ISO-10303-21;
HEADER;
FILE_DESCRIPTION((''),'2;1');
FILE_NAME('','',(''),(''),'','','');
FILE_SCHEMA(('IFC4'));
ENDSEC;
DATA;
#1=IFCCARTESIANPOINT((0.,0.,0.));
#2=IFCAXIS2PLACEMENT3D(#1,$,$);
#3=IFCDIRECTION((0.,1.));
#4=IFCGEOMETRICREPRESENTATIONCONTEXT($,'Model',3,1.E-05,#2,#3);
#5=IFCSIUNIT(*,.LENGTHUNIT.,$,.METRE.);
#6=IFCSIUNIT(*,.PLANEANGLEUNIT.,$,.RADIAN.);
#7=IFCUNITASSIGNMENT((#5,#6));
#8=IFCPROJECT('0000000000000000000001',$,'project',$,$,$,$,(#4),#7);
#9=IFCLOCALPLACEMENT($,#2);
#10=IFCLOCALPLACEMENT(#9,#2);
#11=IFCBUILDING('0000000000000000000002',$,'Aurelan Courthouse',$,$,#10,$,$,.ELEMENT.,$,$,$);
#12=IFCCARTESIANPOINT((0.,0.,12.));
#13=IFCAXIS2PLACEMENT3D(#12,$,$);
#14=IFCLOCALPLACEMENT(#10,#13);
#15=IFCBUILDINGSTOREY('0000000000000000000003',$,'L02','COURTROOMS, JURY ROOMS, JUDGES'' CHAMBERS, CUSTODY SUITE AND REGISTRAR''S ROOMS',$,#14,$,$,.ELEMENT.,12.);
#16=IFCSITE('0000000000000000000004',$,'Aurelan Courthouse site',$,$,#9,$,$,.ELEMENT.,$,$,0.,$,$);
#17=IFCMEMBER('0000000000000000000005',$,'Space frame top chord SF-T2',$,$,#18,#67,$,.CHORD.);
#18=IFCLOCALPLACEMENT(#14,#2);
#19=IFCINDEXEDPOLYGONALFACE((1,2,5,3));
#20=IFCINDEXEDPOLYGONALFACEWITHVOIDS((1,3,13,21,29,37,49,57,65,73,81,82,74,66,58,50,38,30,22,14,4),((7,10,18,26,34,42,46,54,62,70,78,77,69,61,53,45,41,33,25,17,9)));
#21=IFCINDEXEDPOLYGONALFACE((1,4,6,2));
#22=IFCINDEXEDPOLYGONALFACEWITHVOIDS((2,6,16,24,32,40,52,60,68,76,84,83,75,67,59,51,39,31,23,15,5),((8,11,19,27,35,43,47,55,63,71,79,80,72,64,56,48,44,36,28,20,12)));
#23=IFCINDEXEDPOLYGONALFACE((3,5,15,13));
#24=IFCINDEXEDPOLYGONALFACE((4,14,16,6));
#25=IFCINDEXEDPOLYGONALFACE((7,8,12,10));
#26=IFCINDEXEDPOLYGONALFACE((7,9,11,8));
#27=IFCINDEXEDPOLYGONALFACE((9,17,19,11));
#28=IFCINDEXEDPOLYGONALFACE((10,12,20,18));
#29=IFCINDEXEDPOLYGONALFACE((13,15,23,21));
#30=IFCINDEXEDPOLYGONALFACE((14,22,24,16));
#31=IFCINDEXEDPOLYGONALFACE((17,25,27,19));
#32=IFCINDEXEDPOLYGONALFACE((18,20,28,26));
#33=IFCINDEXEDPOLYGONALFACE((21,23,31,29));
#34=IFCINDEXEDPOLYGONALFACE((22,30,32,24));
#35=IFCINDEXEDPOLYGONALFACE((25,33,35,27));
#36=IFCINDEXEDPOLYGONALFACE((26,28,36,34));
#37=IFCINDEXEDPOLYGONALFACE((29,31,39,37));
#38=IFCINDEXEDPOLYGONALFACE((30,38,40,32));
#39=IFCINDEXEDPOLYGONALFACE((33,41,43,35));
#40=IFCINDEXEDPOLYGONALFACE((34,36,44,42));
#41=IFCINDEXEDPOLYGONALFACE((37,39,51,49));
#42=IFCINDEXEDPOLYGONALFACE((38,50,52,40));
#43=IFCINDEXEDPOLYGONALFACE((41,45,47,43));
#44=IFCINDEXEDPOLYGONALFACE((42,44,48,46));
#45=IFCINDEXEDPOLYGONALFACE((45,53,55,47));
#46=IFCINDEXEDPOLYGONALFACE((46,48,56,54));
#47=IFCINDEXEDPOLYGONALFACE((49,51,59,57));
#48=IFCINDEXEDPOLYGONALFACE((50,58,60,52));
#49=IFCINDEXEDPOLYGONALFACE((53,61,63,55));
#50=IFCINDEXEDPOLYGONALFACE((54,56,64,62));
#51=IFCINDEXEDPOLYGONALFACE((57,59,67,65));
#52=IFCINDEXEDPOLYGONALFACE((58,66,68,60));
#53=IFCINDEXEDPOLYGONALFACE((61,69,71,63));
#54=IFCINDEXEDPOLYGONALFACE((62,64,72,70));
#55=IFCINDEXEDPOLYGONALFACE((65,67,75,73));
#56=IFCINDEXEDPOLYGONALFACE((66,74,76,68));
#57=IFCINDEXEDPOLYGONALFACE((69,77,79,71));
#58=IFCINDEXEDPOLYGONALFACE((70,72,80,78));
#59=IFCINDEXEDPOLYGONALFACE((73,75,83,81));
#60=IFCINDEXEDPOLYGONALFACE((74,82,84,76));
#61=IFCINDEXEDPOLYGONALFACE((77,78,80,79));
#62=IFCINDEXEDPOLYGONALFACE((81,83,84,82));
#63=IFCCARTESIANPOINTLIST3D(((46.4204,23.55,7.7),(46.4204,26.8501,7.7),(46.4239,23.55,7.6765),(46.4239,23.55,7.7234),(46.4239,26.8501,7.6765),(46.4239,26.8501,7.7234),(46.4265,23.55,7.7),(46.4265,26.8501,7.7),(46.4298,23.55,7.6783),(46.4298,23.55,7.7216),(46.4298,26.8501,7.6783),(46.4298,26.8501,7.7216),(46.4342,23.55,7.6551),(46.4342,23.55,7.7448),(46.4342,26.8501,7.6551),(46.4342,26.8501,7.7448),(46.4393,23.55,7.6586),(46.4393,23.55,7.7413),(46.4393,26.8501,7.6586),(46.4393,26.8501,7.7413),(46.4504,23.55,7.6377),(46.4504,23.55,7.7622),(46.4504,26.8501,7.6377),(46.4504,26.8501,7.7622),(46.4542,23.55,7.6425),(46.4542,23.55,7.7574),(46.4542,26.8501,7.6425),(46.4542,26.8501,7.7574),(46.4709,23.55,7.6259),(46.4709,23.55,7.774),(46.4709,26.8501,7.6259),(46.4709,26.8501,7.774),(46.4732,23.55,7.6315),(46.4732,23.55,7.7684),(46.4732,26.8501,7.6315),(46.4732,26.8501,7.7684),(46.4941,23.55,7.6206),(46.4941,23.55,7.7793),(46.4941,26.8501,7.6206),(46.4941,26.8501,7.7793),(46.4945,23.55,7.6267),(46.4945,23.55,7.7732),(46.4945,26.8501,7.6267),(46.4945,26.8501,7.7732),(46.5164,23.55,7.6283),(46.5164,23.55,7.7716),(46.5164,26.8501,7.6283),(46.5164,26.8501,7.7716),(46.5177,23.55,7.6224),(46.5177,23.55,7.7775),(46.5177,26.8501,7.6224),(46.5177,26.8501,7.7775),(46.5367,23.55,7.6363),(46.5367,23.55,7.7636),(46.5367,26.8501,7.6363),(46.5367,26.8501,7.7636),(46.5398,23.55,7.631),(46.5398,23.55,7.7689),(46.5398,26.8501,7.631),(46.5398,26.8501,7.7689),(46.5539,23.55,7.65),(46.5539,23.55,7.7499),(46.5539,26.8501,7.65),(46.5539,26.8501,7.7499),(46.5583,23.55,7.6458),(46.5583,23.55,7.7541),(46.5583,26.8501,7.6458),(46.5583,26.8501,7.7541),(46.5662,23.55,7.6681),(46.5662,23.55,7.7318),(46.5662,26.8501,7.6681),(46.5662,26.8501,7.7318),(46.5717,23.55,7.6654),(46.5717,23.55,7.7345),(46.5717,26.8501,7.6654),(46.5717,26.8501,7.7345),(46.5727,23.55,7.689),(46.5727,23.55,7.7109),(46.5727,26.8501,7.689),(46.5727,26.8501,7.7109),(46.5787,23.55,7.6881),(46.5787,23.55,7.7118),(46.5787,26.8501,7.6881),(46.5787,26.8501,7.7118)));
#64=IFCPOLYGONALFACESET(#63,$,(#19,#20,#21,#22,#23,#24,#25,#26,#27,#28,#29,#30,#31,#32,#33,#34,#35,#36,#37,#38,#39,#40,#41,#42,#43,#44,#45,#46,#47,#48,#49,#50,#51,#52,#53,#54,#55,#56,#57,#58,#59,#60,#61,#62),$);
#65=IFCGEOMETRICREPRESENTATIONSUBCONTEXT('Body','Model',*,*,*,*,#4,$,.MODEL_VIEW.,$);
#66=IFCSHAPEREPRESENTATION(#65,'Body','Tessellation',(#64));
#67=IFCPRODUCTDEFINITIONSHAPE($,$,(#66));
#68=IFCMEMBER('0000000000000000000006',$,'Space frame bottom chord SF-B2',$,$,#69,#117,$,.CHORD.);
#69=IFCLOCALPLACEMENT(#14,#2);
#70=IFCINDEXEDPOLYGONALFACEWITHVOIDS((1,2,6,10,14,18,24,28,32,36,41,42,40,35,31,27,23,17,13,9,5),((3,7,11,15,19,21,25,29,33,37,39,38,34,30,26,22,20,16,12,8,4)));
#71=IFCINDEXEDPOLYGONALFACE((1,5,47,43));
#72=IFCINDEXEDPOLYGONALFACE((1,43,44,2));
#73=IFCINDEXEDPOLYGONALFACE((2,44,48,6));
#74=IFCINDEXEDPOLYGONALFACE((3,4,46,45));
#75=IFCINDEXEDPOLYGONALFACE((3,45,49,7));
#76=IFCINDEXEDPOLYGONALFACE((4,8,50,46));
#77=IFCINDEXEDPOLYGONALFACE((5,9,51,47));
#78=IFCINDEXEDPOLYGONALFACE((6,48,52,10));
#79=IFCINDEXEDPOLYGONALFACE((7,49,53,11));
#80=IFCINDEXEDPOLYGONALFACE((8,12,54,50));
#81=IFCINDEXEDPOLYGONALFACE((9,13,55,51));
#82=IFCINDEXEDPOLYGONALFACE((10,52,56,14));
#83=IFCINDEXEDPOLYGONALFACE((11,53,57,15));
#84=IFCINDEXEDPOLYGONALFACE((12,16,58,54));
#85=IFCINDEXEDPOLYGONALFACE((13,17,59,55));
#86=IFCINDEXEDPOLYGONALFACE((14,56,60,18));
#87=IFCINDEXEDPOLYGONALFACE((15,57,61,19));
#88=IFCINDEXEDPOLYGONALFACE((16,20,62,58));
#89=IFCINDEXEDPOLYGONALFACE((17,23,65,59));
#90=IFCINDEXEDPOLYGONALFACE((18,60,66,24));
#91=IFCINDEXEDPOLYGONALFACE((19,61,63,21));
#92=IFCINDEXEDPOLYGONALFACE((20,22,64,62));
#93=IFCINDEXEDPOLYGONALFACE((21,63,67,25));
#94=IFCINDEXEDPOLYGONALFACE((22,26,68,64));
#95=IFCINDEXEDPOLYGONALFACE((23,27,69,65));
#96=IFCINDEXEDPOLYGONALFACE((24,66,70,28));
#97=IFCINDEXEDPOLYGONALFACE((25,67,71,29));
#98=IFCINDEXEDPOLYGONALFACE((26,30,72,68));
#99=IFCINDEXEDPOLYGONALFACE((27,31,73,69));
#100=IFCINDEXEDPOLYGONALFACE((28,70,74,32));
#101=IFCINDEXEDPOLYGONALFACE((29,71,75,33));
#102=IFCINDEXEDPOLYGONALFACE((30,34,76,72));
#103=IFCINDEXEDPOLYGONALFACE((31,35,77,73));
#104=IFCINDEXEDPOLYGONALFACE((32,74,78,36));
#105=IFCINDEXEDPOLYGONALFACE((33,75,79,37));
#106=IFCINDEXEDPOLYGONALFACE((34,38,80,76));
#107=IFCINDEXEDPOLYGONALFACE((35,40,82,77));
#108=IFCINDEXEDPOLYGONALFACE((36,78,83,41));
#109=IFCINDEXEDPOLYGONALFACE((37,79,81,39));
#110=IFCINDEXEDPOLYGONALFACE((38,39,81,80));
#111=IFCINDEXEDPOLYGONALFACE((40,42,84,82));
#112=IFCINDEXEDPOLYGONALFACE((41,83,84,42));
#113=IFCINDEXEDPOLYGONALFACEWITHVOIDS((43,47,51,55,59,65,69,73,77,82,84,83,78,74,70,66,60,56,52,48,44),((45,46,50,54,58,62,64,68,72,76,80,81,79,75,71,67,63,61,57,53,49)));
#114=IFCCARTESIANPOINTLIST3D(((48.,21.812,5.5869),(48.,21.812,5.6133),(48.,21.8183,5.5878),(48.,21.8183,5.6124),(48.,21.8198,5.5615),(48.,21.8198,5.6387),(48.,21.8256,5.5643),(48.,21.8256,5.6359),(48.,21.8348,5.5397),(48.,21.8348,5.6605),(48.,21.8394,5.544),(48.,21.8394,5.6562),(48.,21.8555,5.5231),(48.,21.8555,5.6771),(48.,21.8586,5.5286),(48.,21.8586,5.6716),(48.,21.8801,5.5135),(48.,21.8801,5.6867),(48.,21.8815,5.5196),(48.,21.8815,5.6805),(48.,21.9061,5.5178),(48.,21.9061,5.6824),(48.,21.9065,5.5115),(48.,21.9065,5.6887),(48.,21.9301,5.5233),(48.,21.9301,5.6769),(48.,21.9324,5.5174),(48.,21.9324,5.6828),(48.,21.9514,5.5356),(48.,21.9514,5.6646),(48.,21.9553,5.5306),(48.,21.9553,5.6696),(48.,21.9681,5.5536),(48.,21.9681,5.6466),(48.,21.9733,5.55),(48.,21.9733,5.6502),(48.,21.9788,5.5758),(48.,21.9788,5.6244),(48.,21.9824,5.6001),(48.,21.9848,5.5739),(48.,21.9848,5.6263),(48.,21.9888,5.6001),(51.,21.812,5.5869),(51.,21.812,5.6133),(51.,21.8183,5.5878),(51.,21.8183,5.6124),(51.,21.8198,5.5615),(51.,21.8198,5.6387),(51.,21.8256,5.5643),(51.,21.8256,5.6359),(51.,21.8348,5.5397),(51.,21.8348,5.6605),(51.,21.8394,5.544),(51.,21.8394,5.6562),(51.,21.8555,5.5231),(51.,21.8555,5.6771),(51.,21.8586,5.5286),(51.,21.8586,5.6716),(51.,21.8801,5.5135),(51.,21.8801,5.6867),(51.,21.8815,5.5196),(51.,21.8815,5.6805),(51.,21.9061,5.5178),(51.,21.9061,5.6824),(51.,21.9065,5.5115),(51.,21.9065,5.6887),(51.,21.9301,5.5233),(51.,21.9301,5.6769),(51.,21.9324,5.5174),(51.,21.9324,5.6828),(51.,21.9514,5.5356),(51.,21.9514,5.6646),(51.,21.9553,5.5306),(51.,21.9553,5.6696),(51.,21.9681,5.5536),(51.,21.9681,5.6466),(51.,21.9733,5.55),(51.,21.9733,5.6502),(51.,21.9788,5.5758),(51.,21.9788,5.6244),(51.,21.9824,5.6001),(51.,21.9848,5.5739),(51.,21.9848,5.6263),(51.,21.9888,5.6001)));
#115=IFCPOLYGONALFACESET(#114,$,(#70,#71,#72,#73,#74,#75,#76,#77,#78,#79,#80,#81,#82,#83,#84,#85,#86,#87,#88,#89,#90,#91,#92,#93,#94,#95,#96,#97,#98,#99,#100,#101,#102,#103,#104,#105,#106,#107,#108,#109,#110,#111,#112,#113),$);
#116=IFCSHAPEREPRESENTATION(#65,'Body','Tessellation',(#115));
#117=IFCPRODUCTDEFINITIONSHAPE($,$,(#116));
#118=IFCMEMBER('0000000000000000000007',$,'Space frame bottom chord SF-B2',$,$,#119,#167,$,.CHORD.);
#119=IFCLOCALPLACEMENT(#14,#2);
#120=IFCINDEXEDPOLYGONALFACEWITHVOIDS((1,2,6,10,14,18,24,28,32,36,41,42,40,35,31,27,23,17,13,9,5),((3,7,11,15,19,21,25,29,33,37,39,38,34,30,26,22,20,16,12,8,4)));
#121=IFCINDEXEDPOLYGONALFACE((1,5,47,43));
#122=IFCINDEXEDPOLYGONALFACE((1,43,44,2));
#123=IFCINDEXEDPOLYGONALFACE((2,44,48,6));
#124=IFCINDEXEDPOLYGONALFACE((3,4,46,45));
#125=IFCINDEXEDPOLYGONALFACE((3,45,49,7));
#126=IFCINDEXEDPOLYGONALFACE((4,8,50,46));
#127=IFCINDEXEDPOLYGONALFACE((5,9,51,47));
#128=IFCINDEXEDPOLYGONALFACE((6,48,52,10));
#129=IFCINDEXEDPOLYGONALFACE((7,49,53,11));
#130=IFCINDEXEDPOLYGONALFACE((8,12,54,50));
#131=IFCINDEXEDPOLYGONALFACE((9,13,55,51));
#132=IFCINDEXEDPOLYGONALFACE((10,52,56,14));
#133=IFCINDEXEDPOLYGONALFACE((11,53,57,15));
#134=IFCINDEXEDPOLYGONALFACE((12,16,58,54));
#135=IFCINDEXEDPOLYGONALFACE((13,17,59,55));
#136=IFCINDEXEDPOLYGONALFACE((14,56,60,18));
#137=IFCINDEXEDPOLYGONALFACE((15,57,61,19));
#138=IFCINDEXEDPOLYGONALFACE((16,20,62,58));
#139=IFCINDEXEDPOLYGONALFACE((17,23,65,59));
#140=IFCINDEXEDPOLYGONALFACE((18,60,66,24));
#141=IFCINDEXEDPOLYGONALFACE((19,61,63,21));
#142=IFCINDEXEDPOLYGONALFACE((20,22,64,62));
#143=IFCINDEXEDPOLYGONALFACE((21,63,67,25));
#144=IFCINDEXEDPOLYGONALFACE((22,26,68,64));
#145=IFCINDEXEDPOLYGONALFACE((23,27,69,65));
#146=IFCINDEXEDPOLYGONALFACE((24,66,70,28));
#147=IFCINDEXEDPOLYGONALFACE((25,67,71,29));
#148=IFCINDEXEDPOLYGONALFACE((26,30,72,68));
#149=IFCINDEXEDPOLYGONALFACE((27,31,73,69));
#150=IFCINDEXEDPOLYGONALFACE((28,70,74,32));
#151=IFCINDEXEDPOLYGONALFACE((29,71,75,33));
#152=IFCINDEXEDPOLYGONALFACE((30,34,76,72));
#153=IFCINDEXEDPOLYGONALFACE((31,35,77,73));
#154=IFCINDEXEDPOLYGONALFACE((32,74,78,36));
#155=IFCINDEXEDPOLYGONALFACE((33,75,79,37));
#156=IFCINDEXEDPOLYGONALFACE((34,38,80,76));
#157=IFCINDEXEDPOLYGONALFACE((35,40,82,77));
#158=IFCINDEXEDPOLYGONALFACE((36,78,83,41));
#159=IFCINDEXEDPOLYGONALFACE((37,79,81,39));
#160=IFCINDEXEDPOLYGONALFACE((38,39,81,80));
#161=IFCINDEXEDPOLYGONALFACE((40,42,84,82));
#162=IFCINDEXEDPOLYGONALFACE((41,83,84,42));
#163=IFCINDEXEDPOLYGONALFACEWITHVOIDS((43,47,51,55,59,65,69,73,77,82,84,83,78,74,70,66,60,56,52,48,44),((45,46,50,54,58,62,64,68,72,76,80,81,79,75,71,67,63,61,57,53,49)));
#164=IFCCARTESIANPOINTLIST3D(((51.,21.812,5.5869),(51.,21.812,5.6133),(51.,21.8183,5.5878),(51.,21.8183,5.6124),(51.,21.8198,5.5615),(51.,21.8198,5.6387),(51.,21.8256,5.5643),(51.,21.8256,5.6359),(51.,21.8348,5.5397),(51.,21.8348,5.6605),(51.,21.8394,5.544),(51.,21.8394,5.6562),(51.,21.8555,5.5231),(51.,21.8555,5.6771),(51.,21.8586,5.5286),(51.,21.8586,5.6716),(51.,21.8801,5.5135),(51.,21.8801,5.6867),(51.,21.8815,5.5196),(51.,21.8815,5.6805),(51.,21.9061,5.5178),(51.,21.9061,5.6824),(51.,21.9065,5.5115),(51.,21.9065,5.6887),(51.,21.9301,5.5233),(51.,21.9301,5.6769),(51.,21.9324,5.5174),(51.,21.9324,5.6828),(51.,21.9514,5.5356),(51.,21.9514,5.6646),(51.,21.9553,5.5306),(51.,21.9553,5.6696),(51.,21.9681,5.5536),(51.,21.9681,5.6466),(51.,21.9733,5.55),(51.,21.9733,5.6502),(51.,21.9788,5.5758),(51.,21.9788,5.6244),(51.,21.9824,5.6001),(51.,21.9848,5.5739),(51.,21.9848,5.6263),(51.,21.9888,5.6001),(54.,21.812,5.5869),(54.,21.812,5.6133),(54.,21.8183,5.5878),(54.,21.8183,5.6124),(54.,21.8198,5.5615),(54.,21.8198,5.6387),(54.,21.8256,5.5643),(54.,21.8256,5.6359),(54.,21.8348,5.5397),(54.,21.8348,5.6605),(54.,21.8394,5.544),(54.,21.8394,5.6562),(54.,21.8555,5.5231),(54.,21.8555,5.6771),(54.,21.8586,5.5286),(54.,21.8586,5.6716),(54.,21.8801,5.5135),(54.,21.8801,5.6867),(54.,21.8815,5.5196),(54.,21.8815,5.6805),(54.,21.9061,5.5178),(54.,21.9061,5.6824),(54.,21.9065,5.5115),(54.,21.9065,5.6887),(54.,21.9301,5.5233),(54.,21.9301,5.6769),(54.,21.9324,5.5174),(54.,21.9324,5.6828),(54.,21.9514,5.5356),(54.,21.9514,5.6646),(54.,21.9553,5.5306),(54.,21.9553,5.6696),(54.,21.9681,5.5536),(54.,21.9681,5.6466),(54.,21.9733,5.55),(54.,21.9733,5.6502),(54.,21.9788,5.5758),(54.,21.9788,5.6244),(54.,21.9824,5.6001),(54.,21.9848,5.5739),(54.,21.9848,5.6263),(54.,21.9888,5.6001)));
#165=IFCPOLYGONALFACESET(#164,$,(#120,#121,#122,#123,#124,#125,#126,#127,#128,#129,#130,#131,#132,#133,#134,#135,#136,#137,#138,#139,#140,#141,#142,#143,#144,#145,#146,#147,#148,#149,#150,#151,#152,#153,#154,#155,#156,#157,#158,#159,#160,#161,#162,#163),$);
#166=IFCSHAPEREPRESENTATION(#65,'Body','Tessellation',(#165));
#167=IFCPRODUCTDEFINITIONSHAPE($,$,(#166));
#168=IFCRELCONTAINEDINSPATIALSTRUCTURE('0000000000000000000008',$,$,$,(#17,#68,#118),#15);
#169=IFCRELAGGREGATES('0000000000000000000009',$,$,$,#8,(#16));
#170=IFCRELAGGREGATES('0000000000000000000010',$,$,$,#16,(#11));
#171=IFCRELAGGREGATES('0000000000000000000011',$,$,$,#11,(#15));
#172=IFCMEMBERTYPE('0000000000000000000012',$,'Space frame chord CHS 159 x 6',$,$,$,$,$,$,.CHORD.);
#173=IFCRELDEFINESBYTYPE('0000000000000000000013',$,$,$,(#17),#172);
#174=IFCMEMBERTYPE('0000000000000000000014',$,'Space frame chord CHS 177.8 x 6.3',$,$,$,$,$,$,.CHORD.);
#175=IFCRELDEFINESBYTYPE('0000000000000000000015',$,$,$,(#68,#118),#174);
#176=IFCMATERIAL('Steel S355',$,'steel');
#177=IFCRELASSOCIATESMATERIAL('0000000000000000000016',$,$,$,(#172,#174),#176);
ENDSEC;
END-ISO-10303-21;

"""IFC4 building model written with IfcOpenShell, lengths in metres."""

from ifc_helpers import new_model, si_unit, direction, frame, origin, origin_2d, place, context, subcontext, project, spatial, hollow_circle, extrude, material, material_profile, profile_set, type_object, element, save


model = new_model("IFC4")

# Units and contexts
model_context = context("Model", 3, precision=1e-05, world=origin(), true_north=direction((0.0, 1.0)))
body_context = subcontext(model_context, "Body", "Model", "MODEL_VIEW")
ifc_project = project(units=[si_unit("LENGTHUNIT", "METRE"), si_unit("PLANEANGLEUNIT", "RADIAN")], contexts=[model_context])

# Site, building, storey
site_placement = place(None, origin())
site = spatial("IfcSite", under=ifc_project, at=site_placement, Name="Aurelan Courthouse site", CompositionType="ELEMENT", RefElevation=0.0)
building_placement = place(site_placement, origin())
building = spatial("IfcBuilding", under=site, at=building_placement, Name="Aurelan Courthouse", CompositionType="ELEMENT")
storey_placement = place(building_placement, frame((0.0, 0.0, 12.0)))
storey = spatial("IfcBuildingStorey", under=building, at=storey_placement, Name="L02", Description="COURTROOMS, JURY ROOMS, JUDGES' CHAMBERS, CUSTODY SUITE AND REGISTRAR'S ROOMS", CompositionType="ELEMENT", Elevation=12.0)

# Shared definitions
ifc_material_1 = material(Name="Steel S355", Category="steel")

# Members
ifc_material_profile_1 = material_profile(ifc_material_1, hollow_circle(Radius=0.0796, WallThickness=0.0061, at=origin_2d()), Name="CHS 159 x 6")
ifc_profile_set_1 = profile_set([ifc_material_profile_1], Name="Steel S355")
member_type_1 = type_object("IfcMemberType", Name="Space frame chord CHS 159 x 6", PredefinedType="CHORD", material=ifc_profile_set_1)
member_1_placement = place(storey_placement, frame((46.5, 23.55, 7.7), z_axis=(0.0, 1.0, 0.0), x_axis=(-1.0, 0.0, 0.0)))
element("IfcMember", 1, at=member_1_placement, inside=storey, type_object=member_type_1, Name="Space frame top chord SF-T2", PredefinedType="CHORD", context=body_context, shape_type="SweptSolid", body=[
    extrude(hollow_circle(Radius=0.0796, WallThickness=0.0061, at=origin_2d()), origin(), (0.0, 0.0, 1.0), 3.3),
])
ifc_material_profile_2 = material_profile(ifc_material_1, hollow_circle(Radius=0.0889, WallThickness=0.0063, at=origin_2d()), Name="CHS 177.8 x 6.3")
ifc_profile_set_2 = profile_set([ifc_material_profile_2], Name="Steel S355")
member_type_2 = type_object("IfcMemberType", Name="Space frame chord CHS 177.8 x 6.3", PredefinedType="CHORD", material=ifc_profile_set_2)
for number, where, z_axis, x_axis, name in (
    (2, (48.0, 21.8999, 5.6001), (1.0, 0.0, 0.0), (0.0, 1.0, 0.0), "Space frame bottom chord SF-B2"),
    (3, (51.0, 21.8999, 5.6001), (1.0, 0.0, 0.0), (0.0, 1.0, 0.0), "Space frame bottom chord SF-B2"),
):
    element("IfcMember", number, at=place(storey_placement, frame(where, z_axis=z_axis, x_axis=x_axis)), inside=storey, type_object=member_type_2, Name=name, PredefinedType="CHORD", context=body_context, shape_type="SweptSolid", body=[
        extrude(hollow_circle(Radius=0.0889, WallThickness=0.0063, at=origin_2d()), origin(), (0.0, 0.0, 1.0), 3.0),
    ])

save(model, "model.ifc")
